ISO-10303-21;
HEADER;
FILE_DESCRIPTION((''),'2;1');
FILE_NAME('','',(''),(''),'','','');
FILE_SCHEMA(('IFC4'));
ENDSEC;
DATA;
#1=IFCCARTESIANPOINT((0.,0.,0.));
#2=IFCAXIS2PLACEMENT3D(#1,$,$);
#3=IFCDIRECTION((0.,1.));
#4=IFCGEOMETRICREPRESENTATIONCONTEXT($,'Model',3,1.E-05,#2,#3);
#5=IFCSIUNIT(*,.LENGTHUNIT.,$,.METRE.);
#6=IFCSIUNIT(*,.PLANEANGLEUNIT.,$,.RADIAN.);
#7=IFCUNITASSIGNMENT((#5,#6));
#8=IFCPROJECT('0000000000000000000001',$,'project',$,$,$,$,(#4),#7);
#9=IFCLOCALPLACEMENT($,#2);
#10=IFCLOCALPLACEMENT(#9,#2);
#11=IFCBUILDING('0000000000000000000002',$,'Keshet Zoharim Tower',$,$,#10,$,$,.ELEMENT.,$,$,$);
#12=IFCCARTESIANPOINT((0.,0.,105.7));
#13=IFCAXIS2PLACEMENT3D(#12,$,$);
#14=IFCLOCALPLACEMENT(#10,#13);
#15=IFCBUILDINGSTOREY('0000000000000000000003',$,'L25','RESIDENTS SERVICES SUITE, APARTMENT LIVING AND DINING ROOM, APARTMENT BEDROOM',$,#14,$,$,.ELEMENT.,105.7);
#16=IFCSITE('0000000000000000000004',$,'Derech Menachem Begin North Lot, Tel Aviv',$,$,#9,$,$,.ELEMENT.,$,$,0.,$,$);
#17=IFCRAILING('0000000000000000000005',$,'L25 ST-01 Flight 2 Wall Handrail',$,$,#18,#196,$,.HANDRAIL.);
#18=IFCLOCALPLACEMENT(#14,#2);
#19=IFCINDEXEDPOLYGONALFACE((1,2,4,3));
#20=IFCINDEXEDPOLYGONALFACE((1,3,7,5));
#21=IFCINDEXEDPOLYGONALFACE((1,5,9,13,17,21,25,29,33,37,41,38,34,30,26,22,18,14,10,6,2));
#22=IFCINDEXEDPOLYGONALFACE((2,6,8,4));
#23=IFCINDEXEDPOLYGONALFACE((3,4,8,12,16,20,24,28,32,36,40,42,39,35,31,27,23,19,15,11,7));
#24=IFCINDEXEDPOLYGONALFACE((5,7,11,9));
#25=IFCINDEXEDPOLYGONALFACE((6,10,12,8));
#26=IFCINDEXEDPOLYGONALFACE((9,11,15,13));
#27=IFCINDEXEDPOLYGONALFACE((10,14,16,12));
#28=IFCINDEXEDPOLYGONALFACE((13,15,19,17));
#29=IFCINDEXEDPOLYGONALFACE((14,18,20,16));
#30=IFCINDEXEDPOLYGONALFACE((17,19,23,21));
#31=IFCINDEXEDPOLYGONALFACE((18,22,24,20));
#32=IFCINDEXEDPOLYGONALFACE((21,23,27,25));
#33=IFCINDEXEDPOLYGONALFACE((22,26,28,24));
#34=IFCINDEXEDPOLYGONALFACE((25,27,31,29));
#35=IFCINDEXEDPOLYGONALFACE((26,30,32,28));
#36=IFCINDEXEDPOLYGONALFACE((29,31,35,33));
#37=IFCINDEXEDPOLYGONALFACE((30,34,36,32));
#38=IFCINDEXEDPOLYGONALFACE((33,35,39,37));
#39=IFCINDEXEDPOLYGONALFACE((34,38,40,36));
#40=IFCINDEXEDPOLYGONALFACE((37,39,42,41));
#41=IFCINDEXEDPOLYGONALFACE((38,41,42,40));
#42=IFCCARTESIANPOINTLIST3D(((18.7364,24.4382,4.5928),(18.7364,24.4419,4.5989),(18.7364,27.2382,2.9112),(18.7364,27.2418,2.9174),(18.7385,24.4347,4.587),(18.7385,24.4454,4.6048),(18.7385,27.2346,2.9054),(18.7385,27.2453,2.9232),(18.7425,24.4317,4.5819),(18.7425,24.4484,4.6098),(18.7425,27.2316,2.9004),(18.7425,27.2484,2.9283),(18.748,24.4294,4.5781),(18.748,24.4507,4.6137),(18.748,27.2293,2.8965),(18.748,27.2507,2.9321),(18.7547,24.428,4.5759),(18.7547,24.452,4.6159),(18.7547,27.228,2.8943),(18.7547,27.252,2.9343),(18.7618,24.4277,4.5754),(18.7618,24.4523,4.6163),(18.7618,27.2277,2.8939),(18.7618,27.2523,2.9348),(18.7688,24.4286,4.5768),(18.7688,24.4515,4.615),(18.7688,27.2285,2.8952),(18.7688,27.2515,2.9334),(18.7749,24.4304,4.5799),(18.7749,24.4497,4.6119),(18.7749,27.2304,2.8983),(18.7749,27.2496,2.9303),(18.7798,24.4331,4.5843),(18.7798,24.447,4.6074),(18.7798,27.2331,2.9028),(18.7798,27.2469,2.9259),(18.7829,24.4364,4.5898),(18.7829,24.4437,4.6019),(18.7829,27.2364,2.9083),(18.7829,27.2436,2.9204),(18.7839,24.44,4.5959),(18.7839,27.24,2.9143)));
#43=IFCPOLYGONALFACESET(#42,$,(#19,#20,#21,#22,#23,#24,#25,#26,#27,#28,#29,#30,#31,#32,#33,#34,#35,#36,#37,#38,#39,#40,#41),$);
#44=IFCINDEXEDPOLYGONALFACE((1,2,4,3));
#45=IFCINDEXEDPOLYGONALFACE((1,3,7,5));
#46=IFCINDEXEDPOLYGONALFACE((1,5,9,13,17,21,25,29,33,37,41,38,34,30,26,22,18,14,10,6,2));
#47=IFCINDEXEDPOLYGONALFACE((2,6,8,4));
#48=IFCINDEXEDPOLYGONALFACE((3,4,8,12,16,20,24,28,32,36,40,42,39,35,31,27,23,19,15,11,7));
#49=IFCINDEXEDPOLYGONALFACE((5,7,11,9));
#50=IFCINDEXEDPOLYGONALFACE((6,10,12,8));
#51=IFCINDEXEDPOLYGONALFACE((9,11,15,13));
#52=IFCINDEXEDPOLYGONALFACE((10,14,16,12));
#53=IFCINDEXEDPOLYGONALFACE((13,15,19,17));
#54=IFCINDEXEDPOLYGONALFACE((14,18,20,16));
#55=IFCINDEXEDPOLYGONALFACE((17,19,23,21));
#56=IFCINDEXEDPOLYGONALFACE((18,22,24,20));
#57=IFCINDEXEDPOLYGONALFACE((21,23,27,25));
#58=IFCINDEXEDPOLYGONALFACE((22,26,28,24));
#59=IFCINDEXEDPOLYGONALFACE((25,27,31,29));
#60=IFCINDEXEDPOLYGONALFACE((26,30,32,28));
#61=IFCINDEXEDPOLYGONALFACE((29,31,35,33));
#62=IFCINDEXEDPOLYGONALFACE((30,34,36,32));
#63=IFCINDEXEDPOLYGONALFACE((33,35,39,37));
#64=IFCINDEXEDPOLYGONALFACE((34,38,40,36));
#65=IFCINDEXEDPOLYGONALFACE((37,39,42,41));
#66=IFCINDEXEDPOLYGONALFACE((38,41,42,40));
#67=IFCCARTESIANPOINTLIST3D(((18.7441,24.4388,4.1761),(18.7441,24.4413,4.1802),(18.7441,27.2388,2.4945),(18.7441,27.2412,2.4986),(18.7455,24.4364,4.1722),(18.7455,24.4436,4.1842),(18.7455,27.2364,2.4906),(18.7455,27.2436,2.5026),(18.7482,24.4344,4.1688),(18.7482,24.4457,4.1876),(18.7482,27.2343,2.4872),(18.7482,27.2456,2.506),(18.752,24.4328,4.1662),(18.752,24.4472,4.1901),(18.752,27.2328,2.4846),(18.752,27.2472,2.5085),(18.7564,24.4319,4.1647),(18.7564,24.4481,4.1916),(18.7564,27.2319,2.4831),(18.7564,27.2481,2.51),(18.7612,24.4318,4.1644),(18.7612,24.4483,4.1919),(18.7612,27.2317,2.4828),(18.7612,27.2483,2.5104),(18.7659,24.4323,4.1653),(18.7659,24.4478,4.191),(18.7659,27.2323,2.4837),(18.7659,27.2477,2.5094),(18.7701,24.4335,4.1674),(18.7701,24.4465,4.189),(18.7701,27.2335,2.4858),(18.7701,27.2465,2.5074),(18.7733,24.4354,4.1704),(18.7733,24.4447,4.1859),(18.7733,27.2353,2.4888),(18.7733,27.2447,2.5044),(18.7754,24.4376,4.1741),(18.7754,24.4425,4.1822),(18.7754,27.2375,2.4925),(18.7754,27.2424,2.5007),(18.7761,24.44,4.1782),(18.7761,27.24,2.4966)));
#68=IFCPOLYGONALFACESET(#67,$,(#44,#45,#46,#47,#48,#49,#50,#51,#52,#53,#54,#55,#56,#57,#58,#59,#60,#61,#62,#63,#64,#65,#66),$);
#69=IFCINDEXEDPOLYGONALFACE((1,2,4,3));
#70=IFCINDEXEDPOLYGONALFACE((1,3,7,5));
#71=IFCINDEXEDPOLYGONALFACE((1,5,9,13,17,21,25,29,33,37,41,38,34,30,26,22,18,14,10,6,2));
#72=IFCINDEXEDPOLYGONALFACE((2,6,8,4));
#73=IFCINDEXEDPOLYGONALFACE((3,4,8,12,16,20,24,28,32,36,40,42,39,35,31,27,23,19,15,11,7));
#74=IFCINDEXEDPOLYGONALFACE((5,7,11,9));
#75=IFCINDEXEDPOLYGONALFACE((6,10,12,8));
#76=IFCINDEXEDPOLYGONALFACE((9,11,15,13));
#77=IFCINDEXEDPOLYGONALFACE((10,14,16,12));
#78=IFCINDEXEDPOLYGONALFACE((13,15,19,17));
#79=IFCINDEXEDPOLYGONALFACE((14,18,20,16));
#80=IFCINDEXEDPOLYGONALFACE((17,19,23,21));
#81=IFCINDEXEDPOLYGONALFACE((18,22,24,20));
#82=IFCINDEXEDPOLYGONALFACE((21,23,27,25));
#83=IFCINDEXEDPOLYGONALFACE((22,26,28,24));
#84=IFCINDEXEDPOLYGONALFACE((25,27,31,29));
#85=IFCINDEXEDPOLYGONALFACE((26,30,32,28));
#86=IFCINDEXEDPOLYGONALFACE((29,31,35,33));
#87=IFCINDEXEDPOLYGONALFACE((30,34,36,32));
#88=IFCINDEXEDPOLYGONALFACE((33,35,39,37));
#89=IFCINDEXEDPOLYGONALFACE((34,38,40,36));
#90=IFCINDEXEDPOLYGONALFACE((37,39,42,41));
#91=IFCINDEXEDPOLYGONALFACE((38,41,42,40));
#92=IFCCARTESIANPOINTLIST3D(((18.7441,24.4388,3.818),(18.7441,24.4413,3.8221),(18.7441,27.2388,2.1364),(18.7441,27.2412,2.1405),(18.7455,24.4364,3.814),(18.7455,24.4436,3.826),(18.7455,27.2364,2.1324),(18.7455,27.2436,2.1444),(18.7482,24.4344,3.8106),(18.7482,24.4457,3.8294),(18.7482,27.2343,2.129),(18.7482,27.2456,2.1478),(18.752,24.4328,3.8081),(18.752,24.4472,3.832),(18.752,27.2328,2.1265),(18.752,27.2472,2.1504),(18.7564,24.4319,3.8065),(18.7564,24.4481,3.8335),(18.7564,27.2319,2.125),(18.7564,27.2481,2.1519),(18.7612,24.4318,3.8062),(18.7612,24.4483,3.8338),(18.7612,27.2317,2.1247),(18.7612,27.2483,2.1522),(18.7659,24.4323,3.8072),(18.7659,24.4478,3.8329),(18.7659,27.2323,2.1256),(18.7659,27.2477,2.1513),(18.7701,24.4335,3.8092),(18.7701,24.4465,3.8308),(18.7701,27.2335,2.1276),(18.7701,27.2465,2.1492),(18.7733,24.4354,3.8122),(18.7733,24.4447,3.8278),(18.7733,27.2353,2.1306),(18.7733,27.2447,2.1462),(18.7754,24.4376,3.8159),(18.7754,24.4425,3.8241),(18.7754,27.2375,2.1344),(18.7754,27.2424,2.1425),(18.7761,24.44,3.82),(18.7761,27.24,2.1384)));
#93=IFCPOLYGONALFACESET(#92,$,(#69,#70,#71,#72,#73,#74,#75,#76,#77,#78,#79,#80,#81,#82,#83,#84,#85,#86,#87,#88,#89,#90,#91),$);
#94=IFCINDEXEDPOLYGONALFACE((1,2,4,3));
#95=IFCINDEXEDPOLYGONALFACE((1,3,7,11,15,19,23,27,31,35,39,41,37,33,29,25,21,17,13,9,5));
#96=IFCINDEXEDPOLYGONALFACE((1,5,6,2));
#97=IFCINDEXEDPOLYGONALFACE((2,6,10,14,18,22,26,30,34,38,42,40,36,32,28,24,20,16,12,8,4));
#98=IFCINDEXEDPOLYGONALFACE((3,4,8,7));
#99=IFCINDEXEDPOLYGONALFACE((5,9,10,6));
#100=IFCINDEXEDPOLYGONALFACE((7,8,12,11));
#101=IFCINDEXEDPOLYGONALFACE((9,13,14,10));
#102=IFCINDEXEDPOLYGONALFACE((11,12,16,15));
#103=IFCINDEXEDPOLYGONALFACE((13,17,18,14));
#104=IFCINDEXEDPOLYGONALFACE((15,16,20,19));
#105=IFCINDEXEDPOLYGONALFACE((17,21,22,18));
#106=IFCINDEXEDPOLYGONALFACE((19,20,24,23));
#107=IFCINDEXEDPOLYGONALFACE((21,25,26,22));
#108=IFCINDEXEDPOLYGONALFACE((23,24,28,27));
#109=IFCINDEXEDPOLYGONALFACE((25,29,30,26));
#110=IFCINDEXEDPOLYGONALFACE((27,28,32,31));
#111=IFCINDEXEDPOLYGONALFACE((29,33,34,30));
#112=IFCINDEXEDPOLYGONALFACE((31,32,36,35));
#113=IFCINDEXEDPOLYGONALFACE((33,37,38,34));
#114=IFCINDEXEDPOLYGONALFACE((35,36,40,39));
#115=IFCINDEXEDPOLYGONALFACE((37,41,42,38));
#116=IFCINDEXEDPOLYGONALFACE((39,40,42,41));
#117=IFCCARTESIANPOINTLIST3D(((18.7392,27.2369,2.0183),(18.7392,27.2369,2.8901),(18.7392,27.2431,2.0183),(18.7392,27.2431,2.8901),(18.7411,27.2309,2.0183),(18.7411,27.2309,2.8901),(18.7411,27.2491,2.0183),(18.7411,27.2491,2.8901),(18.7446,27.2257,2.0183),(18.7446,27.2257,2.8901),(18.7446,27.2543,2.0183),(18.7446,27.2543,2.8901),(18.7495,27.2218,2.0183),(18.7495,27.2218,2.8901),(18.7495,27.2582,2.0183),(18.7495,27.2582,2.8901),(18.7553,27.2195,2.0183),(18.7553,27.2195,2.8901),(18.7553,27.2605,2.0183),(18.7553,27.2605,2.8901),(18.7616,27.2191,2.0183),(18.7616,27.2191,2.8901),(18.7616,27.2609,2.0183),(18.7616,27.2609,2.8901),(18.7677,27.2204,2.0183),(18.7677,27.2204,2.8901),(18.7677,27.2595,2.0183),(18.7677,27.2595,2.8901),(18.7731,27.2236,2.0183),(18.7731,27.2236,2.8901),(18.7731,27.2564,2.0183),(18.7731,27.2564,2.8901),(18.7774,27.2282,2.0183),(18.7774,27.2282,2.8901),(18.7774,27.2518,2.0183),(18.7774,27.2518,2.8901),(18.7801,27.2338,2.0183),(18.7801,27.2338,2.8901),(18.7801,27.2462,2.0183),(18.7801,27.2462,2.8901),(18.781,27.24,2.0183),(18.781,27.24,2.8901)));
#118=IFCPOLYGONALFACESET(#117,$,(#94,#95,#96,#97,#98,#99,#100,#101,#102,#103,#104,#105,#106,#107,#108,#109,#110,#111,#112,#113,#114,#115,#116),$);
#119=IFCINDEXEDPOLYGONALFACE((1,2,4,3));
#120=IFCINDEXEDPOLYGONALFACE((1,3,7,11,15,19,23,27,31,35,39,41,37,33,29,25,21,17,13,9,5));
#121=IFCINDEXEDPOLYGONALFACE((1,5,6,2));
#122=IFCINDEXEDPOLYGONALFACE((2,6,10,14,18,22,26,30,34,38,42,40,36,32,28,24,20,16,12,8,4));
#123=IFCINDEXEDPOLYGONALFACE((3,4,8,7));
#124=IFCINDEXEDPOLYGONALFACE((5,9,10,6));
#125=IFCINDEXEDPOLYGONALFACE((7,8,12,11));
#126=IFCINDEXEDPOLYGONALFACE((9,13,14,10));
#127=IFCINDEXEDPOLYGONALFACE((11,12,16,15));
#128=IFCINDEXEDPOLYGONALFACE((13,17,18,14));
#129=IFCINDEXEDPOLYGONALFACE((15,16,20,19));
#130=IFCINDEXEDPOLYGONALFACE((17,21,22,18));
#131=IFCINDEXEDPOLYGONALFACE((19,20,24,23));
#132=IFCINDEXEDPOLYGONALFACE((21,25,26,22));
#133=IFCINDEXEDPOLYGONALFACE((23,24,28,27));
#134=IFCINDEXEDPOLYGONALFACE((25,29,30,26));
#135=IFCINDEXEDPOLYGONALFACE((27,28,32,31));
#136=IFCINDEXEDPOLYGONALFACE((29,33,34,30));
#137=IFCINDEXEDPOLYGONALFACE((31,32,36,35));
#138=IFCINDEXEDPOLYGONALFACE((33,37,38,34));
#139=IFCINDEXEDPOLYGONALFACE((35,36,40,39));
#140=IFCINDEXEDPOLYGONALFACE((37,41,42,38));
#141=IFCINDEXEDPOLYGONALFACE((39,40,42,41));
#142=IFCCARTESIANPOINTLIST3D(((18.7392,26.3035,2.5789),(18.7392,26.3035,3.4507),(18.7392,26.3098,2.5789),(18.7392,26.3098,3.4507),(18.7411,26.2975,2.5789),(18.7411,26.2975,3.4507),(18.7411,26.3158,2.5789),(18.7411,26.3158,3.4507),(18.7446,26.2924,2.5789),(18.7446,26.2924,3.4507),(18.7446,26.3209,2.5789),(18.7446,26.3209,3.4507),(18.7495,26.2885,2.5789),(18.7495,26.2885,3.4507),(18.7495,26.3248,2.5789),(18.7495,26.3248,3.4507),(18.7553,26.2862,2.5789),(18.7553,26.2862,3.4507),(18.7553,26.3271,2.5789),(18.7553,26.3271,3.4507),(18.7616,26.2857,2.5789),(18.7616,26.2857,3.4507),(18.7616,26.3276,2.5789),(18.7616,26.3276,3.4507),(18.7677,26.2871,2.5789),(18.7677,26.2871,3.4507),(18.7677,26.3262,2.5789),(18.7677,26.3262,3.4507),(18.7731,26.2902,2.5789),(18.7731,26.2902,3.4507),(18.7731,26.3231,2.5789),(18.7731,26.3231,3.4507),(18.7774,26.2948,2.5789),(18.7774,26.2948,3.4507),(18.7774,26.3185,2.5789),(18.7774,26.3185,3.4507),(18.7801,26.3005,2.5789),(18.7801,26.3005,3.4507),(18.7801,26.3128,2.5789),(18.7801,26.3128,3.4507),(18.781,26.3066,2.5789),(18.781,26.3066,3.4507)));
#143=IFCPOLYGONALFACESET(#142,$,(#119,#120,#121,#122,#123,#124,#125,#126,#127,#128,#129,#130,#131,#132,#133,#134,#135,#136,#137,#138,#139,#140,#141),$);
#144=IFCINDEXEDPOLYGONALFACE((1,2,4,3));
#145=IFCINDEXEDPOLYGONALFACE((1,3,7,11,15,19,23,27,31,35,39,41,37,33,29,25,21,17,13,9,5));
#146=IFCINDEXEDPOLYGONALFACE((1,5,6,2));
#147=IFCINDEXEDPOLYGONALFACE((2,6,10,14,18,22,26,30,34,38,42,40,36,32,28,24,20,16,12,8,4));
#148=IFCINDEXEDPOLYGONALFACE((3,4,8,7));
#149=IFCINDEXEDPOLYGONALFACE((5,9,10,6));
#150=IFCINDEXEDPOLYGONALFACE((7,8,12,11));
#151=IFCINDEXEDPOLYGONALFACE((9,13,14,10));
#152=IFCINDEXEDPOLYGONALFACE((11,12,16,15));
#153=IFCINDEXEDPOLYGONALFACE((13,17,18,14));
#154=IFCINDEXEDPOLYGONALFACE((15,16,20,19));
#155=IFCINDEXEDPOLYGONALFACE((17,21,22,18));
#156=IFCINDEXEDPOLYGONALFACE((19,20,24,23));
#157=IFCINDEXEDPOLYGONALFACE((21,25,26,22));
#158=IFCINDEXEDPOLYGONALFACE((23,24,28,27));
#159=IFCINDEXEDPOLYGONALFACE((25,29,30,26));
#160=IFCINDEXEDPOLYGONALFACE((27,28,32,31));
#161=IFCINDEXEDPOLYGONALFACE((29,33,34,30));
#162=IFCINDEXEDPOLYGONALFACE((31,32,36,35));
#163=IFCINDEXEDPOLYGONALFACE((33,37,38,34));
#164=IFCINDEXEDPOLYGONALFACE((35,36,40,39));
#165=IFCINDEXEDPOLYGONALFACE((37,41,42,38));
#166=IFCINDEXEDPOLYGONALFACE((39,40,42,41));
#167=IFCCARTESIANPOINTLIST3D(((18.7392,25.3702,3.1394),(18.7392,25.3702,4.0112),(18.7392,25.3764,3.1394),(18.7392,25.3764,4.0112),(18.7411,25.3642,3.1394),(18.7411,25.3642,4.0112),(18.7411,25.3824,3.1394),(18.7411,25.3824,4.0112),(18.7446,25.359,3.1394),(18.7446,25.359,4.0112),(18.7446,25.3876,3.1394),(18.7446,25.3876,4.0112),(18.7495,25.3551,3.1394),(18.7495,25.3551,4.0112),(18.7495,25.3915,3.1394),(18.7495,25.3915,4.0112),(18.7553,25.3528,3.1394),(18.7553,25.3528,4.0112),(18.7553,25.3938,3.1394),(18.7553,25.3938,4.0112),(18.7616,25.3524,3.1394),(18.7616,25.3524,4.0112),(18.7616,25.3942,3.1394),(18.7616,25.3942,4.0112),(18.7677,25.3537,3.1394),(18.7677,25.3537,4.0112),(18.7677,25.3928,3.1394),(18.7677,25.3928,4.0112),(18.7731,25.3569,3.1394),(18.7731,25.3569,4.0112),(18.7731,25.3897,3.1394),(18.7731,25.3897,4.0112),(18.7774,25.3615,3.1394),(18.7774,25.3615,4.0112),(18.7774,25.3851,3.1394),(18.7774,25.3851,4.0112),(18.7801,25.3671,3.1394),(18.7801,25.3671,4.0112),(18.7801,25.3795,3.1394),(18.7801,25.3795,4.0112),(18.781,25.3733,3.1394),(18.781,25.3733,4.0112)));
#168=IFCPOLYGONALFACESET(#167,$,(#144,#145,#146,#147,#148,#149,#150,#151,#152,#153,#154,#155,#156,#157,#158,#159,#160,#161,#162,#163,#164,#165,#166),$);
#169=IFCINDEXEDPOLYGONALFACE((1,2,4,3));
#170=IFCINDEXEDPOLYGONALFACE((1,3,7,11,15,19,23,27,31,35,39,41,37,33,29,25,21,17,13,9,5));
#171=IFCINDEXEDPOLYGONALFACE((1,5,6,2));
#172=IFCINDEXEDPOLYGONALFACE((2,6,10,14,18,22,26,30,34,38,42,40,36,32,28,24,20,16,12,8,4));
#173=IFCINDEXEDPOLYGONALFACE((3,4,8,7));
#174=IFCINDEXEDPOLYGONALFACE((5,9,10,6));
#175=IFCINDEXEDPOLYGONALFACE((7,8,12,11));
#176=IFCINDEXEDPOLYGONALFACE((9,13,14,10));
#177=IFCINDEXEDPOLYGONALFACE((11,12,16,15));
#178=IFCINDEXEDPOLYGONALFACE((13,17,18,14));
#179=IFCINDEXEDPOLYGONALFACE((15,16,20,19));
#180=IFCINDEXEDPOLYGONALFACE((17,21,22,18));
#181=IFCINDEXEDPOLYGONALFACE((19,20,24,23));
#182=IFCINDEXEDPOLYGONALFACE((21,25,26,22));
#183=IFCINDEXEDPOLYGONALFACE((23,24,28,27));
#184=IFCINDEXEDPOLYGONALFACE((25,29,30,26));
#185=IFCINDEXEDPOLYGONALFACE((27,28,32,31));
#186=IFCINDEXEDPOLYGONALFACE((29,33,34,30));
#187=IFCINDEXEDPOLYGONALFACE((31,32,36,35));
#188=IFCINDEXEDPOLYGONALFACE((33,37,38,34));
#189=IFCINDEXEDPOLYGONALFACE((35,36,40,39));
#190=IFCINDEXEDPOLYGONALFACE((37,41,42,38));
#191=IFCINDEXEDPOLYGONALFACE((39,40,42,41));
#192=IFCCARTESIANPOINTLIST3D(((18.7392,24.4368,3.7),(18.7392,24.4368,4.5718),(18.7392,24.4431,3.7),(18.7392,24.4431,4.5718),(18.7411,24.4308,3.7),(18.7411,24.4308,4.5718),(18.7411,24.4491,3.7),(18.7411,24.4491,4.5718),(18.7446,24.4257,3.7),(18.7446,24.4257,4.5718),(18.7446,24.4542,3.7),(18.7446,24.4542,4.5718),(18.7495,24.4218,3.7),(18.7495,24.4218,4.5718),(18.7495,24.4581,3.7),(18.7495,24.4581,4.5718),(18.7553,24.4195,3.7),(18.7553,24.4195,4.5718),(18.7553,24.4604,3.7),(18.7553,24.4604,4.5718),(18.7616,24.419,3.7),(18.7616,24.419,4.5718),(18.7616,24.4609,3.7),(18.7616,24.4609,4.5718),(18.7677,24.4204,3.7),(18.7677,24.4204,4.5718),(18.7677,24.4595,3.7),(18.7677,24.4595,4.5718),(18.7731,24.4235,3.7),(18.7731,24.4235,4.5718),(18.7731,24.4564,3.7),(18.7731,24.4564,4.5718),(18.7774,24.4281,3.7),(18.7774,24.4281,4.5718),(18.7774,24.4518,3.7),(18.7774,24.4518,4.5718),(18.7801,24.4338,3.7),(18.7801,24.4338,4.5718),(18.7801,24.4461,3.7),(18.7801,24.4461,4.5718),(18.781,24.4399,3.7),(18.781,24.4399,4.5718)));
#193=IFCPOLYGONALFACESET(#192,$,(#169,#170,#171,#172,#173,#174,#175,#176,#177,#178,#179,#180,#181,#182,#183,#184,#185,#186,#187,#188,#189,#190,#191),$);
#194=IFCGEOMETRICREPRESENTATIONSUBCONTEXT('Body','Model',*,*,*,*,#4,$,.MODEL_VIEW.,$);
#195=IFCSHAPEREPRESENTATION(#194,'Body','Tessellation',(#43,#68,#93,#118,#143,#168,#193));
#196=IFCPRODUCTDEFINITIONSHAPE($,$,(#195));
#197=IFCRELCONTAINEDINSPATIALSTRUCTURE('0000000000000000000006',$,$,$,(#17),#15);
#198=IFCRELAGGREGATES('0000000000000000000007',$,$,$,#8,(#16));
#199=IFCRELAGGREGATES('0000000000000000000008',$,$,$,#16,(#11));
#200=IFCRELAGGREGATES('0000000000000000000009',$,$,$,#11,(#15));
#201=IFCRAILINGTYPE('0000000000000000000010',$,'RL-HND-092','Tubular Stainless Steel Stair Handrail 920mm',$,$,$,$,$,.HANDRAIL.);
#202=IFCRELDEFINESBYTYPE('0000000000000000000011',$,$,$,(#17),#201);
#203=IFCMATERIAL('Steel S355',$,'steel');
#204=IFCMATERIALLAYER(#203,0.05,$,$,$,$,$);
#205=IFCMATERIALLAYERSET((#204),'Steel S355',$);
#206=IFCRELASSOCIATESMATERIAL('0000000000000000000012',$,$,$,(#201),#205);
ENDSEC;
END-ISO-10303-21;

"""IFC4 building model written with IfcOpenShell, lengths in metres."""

from ifc_helpers import new_model, si_unit, direction, frame, origin, origin_2d, place, context, subcontext, project, spatial, circle, extrude, material, layer, layer_set, type_object, element, save


model = new_model("IFC4")

# Units and contexts
model_context = context("Model", 3, precision=1e-05, world=origin(), true_north=direction((0.0, 1.0)))
body_context = subcontext(model_context, "Body", "Model", "MODEL_VIEW")
ifc_project = project(units=[si_unit("LENGTHUNIT", "METRE"), si_unit("PLANEANGLEUNIT", "RADIAN")], contexts=[model_context])

# Site, building, storey
site_placement = place(None, origin())
site = spatial("IfcSite", under=ifc_project, at=site_placement, Name="Derech Menachem Begin North Lot, Tel Aviv", CompositionType="ELEMENT", RefElevation=0.0)
building_placement = place(site_placement, origin())
building = spatial("IfcBuilding", under=site, at=building_placement, Name="Keshet Zoharim Tower", CompositionType="ELEMENT")
storey_placement = place(building_placement, frame((0.0, 0.0, 105.7)))
storey = spatial("IfcBuildingStorey", under=building, at=storey_placement, Name="L25", Description="RESIDENTS SERVICES SUITE, APARTMENT LIVING AND DINING ROOM, APARTMENT BEDROOM", CompositionType="ELEMENT", Elevation=105.7)

# Shared definitions
ifc_material_1 = material(Name="Steel S355", Category="steel")

# Railing
ifc_layer_1 = layer(ifc_material_1, 0.05)
ifc_layer_set_1 = layer_set([ifc_layer_1], Name="Steel S355")
railing_type_1 = type_object("IfcRailingType", Name="RL-HND-092", Description="Tubular Stainless Steel Stair Handrail 920mm", PredefinedType="HANDRAIL", material=ifc_layer_set_1)
railing_1_placement = place(storey_placement, frame((18.76, 27.24, 2.0183)))
element("IfcRailing", 1, at=railing_1_placement, inside=storey, type_object=railing_type_1, Name="L25 ST-01 Flight 2 Wall Handrail", PredefinedType="HANDRAIL", context=body_context, shape_type="SweptSolid", body=[
    extrude(circle(Radius=0.0239, at=origin_2d()), frame((0.0, 0.0, 0.896), z_axis=(0.0, -0.857275, 0.514858), x_axis=(1.0, 0.0, 0.0)), (0.0, 0.0, 1.0), 3.2661),
    extrude(circle(Radius=0.0161, at=origin_2d()), frame((0.0, 0.0, 0.4783), z_axis=(0.0, -0.857275, 0.514858), x_axis=(1.0, 0.0, 0.0)), (0.0, 0.0, 1.0), 3.2661),
    extrude(circle(Radius=0.0161, at=origin_2d()), frame((0.0, 0.0, 0.1201), z_axis=(0.0, -0.857275, 0.514858), x_axis=(1.0, 0.0, 0.0)), (0.0, 0.0, 1.0), 3.2661),
    extrude(circle(Radius=0.021, at=origin_2d()), origin(), (0.0, 0.0, 1.0), 0.8718),
    extrude(circle(Radius=0.021, at=origin_2d()), frame((0.0, -0.9333, 0.5605)), (0.0, 0.0, 1.0), 0.8718),
    extrude(circle(Radius=0.021, at=origin_2d()), frame((0.0, -1.8667, 1.1211)), (0.0, 0.0, 1.0), 0.8718),
    extrude(circle(Radius=0.021, at=origin_2d()), frame((0.0, -2.8, 1.6816)), (0.0, 0.0, 1.0), 0.8718),
])

save(model, "model.ifc")
